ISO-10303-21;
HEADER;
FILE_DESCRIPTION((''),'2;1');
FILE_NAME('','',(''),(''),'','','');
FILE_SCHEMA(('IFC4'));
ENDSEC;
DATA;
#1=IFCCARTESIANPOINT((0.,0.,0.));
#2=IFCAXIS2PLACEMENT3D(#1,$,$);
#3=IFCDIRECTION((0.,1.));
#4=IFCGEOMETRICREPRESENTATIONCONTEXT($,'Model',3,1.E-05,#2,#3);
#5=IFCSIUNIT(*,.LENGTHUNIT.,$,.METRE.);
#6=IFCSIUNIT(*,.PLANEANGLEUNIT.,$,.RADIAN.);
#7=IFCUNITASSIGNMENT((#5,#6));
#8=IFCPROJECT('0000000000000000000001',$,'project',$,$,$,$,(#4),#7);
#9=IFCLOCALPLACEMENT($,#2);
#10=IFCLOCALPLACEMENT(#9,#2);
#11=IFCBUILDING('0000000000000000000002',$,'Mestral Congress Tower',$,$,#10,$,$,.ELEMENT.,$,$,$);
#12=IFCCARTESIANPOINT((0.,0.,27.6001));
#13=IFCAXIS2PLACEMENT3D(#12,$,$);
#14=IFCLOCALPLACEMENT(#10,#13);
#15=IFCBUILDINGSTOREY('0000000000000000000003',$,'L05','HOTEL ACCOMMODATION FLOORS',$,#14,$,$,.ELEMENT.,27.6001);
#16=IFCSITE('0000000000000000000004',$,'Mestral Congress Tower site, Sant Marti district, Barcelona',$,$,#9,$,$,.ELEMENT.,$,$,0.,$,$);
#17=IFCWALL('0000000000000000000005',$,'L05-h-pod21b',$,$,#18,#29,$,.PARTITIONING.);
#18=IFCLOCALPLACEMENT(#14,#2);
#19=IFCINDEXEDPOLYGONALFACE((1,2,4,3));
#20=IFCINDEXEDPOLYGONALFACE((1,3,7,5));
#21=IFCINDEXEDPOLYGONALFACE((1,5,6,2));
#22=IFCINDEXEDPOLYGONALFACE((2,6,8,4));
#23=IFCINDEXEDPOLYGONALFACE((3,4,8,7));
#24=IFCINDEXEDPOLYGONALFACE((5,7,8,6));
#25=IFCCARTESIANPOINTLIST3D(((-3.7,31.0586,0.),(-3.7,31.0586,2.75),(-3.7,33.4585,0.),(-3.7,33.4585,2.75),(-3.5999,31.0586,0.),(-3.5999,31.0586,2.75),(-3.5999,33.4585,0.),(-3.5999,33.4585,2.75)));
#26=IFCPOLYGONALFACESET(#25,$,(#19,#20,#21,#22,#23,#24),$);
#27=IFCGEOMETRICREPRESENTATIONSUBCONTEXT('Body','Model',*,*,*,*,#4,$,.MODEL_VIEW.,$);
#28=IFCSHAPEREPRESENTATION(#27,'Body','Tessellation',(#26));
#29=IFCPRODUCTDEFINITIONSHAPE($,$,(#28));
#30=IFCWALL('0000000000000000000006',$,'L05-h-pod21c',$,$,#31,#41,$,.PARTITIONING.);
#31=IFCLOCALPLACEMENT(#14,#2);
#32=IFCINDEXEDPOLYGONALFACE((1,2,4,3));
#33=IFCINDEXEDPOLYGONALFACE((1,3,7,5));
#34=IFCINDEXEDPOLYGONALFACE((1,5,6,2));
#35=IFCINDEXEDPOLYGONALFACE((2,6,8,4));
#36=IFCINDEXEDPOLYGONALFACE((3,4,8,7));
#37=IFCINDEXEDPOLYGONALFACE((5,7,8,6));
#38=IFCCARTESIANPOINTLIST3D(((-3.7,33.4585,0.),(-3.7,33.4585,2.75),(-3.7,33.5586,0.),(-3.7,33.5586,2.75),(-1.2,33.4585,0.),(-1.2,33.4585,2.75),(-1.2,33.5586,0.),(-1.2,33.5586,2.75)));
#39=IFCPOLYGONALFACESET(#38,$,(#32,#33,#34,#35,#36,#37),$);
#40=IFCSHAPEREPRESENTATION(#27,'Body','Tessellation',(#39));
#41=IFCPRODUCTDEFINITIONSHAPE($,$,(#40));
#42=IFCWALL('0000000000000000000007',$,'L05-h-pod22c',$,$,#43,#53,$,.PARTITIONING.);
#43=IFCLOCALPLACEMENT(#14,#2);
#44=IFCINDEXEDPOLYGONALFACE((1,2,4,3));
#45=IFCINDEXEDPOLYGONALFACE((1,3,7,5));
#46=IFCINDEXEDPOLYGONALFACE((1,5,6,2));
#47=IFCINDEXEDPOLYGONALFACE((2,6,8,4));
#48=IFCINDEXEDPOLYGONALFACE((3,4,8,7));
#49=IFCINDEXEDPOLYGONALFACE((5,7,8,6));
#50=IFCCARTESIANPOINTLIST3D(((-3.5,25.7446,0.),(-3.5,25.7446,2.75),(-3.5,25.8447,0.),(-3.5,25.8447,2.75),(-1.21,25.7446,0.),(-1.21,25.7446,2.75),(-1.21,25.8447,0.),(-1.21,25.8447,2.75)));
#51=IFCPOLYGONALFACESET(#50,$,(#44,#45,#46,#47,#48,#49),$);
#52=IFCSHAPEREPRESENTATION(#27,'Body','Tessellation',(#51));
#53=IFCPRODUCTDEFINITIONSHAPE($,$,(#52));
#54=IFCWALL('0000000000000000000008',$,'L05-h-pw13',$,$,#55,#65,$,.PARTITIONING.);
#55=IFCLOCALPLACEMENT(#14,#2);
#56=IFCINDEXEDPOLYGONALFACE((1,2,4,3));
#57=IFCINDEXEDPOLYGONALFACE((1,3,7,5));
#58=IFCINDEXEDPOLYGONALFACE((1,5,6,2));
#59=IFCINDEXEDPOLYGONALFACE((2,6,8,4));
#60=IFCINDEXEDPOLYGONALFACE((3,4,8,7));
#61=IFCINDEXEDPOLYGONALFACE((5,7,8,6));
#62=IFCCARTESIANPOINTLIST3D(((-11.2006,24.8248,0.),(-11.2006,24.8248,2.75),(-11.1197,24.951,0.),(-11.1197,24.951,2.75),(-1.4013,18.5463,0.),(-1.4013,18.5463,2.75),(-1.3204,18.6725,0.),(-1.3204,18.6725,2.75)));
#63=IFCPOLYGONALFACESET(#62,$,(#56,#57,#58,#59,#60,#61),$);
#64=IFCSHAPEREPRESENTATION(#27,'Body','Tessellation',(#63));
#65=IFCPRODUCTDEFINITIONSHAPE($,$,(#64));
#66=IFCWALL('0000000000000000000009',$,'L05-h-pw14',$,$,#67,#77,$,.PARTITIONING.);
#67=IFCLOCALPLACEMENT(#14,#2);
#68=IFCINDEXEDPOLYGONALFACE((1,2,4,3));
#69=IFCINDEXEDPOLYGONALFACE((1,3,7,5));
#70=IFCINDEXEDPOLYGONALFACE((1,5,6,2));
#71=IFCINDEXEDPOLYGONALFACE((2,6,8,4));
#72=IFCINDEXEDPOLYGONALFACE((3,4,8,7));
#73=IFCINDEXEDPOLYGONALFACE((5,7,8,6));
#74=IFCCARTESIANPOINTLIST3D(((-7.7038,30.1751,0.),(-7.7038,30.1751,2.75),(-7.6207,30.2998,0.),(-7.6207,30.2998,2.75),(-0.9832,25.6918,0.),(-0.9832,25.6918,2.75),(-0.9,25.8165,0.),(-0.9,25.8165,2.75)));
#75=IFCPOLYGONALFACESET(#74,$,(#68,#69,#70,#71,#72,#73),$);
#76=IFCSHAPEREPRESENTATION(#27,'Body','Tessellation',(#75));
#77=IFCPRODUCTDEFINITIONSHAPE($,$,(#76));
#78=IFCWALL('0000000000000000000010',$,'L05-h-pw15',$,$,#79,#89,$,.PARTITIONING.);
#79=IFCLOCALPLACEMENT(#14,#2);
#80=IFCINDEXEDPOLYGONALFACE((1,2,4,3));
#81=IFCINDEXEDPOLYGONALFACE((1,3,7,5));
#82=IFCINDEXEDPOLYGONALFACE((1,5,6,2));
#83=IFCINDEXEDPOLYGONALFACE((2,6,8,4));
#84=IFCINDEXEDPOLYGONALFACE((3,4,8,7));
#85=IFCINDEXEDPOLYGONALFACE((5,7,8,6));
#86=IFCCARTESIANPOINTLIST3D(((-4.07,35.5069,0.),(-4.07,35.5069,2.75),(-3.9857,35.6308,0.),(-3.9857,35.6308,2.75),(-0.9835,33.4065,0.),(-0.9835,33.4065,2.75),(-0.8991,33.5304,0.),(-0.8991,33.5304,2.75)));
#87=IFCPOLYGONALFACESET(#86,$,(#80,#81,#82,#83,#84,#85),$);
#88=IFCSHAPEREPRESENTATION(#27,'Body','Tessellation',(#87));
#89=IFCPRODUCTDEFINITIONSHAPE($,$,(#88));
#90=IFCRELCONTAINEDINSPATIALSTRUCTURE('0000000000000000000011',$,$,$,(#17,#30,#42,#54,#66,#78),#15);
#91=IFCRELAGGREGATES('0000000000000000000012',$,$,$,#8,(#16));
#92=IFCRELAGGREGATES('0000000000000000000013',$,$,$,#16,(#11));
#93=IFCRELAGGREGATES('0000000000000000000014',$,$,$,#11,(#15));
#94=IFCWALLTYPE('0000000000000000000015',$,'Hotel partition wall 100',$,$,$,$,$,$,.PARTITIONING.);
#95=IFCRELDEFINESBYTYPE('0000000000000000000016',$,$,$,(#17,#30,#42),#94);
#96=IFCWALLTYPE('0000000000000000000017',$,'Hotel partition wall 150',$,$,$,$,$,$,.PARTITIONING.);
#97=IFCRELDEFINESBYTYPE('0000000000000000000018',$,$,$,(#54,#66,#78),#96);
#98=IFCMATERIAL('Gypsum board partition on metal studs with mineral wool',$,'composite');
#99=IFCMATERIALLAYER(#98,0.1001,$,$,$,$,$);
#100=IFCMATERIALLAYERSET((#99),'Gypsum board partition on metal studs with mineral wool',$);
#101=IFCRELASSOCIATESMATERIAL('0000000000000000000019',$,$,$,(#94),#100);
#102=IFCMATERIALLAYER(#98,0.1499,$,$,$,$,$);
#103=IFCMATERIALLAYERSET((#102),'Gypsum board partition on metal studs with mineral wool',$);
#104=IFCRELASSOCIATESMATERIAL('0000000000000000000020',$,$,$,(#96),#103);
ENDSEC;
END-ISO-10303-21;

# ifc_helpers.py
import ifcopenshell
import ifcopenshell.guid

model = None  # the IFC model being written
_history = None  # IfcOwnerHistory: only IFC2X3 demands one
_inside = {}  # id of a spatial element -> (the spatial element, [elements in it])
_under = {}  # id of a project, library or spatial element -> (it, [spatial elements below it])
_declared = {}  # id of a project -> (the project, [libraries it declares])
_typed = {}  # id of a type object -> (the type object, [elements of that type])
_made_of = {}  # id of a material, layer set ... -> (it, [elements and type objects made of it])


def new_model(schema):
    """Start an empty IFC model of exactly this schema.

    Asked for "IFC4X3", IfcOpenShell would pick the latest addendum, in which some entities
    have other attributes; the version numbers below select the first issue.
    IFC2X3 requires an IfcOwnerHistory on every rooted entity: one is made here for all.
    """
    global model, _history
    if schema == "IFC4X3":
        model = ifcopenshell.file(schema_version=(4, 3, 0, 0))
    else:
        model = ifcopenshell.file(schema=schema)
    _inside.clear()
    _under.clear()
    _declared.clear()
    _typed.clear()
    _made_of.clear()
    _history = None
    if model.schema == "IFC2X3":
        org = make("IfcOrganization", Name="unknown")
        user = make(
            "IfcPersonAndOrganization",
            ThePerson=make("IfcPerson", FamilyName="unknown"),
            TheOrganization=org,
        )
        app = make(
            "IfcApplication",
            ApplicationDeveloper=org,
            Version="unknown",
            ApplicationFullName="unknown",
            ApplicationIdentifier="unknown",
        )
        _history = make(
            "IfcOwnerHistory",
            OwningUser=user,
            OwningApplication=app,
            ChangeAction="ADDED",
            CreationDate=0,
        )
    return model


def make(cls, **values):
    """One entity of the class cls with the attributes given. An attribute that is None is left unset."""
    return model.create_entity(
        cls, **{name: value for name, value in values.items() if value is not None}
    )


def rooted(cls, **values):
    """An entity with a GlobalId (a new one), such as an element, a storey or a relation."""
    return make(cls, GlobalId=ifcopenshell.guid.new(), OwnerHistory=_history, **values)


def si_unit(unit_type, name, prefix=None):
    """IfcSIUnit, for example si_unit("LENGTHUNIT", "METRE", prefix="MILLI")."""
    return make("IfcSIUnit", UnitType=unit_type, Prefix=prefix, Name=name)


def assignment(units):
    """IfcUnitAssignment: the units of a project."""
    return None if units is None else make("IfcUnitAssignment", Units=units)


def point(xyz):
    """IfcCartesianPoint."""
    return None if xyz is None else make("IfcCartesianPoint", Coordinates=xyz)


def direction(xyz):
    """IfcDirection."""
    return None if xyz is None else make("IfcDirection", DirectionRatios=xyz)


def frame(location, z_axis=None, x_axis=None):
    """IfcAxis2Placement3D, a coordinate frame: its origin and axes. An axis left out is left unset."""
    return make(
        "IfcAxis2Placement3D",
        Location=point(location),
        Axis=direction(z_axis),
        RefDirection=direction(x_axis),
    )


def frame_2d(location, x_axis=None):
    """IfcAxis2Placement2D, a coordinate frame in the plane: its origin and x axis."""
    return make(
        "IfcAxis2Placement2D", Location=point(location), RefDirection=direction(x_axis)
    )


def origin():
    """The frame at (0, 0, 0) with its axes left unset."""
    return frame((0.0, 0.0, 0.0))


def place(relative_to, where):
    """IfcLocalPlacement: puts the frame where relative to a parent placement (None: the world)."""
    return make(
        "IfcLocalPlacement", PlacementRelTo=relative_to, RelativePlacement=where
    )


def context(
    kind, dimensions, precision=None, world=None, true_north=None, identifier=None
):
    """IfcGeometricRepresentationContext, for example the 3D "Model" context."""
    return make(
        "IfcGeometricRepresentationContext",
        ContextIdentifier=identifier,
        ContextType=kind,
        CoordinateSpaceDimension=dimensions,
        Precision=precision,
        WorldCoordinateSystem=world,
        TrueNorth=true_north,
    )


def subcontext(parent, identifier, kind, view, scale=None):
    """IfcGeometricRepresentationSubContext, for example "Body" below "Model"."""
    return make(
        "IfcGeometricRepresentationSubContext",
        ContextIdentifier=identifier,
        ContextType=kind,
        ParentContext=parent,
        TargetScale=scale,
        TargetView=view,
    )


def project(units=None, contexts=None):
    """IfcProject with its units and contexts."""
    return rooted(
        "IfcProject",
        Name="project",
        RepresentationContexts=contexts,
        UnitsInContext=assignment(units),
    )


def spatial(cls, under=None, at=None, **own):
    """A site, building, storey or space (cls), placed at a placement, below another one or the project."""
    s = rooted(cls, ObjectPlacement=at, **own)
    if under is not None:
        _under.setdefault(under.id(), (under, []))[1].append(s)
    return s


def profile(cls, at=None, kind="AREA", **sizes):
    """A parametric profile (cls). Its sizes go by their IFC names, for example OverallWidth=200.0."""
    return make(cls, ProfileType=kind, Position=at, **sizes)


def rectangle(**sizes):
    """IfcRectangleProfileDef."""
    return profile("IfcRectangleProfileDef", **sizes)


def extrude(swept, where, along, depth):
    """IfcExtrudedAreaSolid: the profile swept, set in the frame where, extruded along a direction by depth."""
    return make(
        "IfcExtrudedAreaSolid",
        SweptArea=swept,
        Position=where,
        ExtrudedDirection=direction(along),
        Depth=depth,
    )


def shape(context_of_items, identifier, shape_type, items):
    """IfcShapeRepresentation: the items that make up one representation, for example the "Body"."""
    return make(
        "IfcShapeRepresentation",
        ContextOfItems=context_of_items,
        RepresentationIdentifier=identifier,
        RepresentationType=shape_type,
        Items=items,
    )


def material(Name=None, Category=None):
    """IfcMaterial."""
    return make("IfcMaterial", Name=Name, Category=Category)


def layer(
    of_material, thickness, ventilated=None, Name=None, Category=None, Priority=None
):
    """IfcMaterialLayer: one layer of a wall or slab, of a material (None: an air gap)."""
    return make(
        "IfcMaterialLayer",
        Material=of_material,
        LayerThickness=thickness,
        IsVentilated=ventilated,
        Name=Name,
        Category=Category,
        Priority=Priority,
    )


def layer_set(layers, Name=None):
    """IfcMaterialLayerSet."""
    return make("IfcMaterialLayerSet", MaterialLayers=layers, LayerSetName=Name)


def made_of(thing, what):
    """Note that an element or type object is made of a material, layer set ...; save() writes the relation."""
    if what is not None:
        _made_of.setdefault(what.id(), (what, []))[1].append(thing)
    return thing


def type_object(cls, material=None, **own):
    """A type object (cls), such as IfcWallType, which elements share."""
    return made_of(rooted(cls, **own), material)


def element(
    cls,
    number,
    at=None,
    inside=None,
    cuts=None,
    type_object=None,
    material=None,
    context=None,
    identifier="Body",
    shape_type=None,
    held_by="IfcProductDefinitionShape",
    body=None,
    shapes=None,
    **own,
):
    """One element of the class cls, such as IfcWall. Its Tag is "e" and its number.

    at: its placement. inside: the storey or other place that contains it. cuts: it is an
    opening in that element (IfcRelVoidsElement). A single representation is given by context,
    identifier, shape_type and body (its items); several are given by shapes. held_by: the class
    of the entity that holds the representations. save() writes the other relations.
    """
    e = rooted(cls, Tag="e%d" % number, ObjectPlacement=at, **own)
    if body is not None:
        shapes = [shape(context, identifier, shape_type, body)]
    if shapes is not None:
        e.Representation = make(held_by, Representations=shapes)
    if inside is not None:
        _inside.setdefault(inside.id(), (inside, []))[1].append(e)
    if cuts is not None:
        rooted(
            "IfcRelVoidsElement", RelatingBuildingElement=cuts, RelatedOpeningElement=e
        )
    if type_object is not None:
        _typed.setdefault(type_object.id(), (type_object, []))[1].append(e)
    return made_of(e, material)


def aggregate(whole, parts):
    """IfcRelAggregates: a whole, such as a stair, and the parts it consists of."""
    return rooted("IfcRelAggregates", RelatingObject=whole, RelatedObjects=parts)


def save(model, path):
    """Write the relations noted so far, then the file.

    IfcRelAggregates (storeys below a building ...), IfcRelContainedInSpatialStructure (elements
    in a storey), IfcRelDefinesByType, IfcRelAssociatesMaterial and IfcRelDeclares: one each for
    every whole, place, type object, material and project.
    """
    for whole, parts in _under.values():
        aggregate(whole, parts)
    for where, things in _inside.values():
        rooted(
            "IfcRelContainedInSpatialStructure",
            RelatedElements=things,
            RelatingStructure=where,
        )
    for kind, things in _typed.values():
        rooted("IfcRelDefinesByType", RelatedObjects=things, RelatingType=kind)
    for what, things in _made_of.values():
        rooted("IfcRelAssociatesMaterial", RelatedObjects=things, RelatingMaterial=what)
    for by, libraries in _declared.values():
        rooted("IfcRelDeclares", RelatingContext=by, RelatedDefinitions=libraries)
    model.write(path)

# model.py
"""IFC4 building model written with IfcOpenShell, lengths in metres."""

from ifc_helpers import new_model, si_unit, direction, frame, frame_2d, origin, place, context, subcontext, project, spatial, rectangle, extrude, material, layer, layer_set, type_object, element, save


model = new_model("IFC4")

# Units and contexts
model_context = context("Model", 3, precision=1e-05, world=origin(), true_north=direction((0.0, 1.0)))
body_context = subcontext(model_context, "Body", "Model", "MODEL_VIEW")
ifc_project = project(units=[si_unit("LENGTHUNIT", "METRE"), si_unit("PLANEANGLEUNIT", "RADIAN")], contexts=[model_context])

# Site, building, storey
site_placement = place(None, origin())
site = spatial("IfcSite", under=ifc_project, at=site_placement, Name="Mestral Congress Tower site, Sant Marti district, Barcelona", CompositionType="ELEMENT", RefElevation=0.0)
building_placement = place(site_placement, origin())
building = spatial("IfcBuilding", under=site, at=building_placement, Name="Mestral Congress Tower", CompositionType="ELEMENT")
storey_placement = place(building_placement, frame((0.0, 0.0, 27.6001)))
storey = spatial("IfcBuildingStorey", under=building, at=storey_placement, Name="L05", Description="HOTEL ACCOMMODATION FLOORS", CompositionType="ELEMENT", Elevation=27.6001)

# Shared definitions
ifc_material_1 = material(Name="Gypsum board partition on metal studs with mineral wool", Category="composite")
ifc_layer_1 = layer(ifc_material_1, 0.1001)
ifc_layer_set_1 = layer_set([ifc_layer_1], Name="Gypsum board partition on metal studs with mineral wool")
wall_type_1 = type_object("IfcWallType", Name="Hotel partition wall 100", PredefinedType="PARTITIONING", material=ifc_layer_set_1)

# Walls
wall_1_placement = place(storey_placement, frame((-3.6499, 31.0586, 0.0), z_axis=(0.0, 0.0, 1.0), x_axis=(0.0, 1.0, 0.0)))
element("IfcWall", 1, at=wall_1_placement, inside=storey, type_object=wall_type_1, Name="L05-h-pod21b", PredefinedType="PARTITIONING", context=body_context, shape_type="SweptSolid", body=[
    extrude(rectangle(XDim=2.3999, YDim=0.1001, at=frame_2d((1.2, 0.0))), origin(), (0.0, 0.0, 1.0), 2.75),
])
wall_2_placement = place(storey_placement, frame((-1.2, 33.5085, 0.0), z_axis=(0.0, 0.0, 1.0), x_axis=(-1.0, 0.0, 0.0)))
element("IfcWall", 2, at=wall_2_placement, inside=storey, type_object=wall_type_1, Name="L05-h-pod21c", PredefinedType="PARTITIONING", context=body_context, shape_type="SweptSolid", body=[
    extrude(rectangle(XDim=2.5, YDim=0.1001, at=frame_2d((1.25, 0.0))), origin(), (0.0, 0.0, 1.0), 2.75),
])
wall_3_placement = place(storey_placement, frame((-1.21, 25.7947, 0.0), z_axis=(0.0, 0.0, 1.0), x_axis=(-1.0, 0.0, 0.0)))
element("IfcWall", 3, at=wall_3_placement, inside=storey, type_object=wall_type_1, Name="L05-h-pod22c", PredefinedType="PARTITIONING", context=body_context, shape_type="SweptSolid", body=[
    extrude(rectangle(XDim=2.29, YDim=0.1001, at=frame_2d((1.145, 0.0))), origin(), (0.0, 0.0, 1.0), 2.75),
])
ifc_layer_2 = layer(ifc_material_1, 0.1499)
ifc_layer_set_2 = layer_set([ifc_layer_2], Name="Gypsum board partition on metal studs with mineral wool")
wall_type_2 = type_object("IfcWallType", Name="Hotel partition wall 150", PredefinedType="PARTITIONING", material=ifc_layer_set_2)
wall_4_placement = place(storey_placement, frame((-11.1602, 24.8879, 0.0), z_axis=(0.0, 0.0, 1.0), x_axis=(0.841998, -0.53948, 0.0)))
element("IfcWall", 4, at=wall_4_placement, inside=storey, type_object=wall_type_2, Name="L05-h-pw13", PredefinedType="PARTITIONING", context=body_context, shape_type="SweptSolid", body=[
    extrude(rectangle(XDim=11.6382, YDim=0.1499, at=frame_2d((5.8191, 0.0))), origin(), (0.0, 0.0, 1.0), 2.75),
])
wall_5_placement = place(storey_placement, frame((-7.6624, 30.2375, 0.0), z_axis=(0.0, 0.0, 1.0), x_axis=(0.831883, -0.554951, 0.0)))
element("IfcWall", 5, at=wall_5_placement, inside=storey, type_object=wall_type_2, Name="L05-h-pw14", PredefinedType="PARTITIONING", context=body_context, shape_type="SweptSolid", body=[
    extrude(rectangle(XDim=8.0789, YDim=0.1499, at=frame_2d((4.0396, 0.0))), origin(), (0.0, 0.0, 1.0), 2.75),
])
wall_6_placement = place(storey_placement, frame((-4.0278, 35.5688, 0.0), z_axis=(0.0, 0.0, 1.0), x_axis=(0.826731, -0.562598, 0.0)))
element("IfcWall", 6, at=wall_6_placement, inside=storey, type_object=wall_type_2, Name="L05-h-pw15", PredefinedType="PARTITIONING", context=body_context, shape_type="SweptSolid", body=[
    extrude(rectangle(XDim=3.7334, YDim=0.1499, at=frame_2d((1.8667, 0.0))), origin(), (0.0, 0.0, 1.0), 2.75),
])

save(model, "model.ifc")
